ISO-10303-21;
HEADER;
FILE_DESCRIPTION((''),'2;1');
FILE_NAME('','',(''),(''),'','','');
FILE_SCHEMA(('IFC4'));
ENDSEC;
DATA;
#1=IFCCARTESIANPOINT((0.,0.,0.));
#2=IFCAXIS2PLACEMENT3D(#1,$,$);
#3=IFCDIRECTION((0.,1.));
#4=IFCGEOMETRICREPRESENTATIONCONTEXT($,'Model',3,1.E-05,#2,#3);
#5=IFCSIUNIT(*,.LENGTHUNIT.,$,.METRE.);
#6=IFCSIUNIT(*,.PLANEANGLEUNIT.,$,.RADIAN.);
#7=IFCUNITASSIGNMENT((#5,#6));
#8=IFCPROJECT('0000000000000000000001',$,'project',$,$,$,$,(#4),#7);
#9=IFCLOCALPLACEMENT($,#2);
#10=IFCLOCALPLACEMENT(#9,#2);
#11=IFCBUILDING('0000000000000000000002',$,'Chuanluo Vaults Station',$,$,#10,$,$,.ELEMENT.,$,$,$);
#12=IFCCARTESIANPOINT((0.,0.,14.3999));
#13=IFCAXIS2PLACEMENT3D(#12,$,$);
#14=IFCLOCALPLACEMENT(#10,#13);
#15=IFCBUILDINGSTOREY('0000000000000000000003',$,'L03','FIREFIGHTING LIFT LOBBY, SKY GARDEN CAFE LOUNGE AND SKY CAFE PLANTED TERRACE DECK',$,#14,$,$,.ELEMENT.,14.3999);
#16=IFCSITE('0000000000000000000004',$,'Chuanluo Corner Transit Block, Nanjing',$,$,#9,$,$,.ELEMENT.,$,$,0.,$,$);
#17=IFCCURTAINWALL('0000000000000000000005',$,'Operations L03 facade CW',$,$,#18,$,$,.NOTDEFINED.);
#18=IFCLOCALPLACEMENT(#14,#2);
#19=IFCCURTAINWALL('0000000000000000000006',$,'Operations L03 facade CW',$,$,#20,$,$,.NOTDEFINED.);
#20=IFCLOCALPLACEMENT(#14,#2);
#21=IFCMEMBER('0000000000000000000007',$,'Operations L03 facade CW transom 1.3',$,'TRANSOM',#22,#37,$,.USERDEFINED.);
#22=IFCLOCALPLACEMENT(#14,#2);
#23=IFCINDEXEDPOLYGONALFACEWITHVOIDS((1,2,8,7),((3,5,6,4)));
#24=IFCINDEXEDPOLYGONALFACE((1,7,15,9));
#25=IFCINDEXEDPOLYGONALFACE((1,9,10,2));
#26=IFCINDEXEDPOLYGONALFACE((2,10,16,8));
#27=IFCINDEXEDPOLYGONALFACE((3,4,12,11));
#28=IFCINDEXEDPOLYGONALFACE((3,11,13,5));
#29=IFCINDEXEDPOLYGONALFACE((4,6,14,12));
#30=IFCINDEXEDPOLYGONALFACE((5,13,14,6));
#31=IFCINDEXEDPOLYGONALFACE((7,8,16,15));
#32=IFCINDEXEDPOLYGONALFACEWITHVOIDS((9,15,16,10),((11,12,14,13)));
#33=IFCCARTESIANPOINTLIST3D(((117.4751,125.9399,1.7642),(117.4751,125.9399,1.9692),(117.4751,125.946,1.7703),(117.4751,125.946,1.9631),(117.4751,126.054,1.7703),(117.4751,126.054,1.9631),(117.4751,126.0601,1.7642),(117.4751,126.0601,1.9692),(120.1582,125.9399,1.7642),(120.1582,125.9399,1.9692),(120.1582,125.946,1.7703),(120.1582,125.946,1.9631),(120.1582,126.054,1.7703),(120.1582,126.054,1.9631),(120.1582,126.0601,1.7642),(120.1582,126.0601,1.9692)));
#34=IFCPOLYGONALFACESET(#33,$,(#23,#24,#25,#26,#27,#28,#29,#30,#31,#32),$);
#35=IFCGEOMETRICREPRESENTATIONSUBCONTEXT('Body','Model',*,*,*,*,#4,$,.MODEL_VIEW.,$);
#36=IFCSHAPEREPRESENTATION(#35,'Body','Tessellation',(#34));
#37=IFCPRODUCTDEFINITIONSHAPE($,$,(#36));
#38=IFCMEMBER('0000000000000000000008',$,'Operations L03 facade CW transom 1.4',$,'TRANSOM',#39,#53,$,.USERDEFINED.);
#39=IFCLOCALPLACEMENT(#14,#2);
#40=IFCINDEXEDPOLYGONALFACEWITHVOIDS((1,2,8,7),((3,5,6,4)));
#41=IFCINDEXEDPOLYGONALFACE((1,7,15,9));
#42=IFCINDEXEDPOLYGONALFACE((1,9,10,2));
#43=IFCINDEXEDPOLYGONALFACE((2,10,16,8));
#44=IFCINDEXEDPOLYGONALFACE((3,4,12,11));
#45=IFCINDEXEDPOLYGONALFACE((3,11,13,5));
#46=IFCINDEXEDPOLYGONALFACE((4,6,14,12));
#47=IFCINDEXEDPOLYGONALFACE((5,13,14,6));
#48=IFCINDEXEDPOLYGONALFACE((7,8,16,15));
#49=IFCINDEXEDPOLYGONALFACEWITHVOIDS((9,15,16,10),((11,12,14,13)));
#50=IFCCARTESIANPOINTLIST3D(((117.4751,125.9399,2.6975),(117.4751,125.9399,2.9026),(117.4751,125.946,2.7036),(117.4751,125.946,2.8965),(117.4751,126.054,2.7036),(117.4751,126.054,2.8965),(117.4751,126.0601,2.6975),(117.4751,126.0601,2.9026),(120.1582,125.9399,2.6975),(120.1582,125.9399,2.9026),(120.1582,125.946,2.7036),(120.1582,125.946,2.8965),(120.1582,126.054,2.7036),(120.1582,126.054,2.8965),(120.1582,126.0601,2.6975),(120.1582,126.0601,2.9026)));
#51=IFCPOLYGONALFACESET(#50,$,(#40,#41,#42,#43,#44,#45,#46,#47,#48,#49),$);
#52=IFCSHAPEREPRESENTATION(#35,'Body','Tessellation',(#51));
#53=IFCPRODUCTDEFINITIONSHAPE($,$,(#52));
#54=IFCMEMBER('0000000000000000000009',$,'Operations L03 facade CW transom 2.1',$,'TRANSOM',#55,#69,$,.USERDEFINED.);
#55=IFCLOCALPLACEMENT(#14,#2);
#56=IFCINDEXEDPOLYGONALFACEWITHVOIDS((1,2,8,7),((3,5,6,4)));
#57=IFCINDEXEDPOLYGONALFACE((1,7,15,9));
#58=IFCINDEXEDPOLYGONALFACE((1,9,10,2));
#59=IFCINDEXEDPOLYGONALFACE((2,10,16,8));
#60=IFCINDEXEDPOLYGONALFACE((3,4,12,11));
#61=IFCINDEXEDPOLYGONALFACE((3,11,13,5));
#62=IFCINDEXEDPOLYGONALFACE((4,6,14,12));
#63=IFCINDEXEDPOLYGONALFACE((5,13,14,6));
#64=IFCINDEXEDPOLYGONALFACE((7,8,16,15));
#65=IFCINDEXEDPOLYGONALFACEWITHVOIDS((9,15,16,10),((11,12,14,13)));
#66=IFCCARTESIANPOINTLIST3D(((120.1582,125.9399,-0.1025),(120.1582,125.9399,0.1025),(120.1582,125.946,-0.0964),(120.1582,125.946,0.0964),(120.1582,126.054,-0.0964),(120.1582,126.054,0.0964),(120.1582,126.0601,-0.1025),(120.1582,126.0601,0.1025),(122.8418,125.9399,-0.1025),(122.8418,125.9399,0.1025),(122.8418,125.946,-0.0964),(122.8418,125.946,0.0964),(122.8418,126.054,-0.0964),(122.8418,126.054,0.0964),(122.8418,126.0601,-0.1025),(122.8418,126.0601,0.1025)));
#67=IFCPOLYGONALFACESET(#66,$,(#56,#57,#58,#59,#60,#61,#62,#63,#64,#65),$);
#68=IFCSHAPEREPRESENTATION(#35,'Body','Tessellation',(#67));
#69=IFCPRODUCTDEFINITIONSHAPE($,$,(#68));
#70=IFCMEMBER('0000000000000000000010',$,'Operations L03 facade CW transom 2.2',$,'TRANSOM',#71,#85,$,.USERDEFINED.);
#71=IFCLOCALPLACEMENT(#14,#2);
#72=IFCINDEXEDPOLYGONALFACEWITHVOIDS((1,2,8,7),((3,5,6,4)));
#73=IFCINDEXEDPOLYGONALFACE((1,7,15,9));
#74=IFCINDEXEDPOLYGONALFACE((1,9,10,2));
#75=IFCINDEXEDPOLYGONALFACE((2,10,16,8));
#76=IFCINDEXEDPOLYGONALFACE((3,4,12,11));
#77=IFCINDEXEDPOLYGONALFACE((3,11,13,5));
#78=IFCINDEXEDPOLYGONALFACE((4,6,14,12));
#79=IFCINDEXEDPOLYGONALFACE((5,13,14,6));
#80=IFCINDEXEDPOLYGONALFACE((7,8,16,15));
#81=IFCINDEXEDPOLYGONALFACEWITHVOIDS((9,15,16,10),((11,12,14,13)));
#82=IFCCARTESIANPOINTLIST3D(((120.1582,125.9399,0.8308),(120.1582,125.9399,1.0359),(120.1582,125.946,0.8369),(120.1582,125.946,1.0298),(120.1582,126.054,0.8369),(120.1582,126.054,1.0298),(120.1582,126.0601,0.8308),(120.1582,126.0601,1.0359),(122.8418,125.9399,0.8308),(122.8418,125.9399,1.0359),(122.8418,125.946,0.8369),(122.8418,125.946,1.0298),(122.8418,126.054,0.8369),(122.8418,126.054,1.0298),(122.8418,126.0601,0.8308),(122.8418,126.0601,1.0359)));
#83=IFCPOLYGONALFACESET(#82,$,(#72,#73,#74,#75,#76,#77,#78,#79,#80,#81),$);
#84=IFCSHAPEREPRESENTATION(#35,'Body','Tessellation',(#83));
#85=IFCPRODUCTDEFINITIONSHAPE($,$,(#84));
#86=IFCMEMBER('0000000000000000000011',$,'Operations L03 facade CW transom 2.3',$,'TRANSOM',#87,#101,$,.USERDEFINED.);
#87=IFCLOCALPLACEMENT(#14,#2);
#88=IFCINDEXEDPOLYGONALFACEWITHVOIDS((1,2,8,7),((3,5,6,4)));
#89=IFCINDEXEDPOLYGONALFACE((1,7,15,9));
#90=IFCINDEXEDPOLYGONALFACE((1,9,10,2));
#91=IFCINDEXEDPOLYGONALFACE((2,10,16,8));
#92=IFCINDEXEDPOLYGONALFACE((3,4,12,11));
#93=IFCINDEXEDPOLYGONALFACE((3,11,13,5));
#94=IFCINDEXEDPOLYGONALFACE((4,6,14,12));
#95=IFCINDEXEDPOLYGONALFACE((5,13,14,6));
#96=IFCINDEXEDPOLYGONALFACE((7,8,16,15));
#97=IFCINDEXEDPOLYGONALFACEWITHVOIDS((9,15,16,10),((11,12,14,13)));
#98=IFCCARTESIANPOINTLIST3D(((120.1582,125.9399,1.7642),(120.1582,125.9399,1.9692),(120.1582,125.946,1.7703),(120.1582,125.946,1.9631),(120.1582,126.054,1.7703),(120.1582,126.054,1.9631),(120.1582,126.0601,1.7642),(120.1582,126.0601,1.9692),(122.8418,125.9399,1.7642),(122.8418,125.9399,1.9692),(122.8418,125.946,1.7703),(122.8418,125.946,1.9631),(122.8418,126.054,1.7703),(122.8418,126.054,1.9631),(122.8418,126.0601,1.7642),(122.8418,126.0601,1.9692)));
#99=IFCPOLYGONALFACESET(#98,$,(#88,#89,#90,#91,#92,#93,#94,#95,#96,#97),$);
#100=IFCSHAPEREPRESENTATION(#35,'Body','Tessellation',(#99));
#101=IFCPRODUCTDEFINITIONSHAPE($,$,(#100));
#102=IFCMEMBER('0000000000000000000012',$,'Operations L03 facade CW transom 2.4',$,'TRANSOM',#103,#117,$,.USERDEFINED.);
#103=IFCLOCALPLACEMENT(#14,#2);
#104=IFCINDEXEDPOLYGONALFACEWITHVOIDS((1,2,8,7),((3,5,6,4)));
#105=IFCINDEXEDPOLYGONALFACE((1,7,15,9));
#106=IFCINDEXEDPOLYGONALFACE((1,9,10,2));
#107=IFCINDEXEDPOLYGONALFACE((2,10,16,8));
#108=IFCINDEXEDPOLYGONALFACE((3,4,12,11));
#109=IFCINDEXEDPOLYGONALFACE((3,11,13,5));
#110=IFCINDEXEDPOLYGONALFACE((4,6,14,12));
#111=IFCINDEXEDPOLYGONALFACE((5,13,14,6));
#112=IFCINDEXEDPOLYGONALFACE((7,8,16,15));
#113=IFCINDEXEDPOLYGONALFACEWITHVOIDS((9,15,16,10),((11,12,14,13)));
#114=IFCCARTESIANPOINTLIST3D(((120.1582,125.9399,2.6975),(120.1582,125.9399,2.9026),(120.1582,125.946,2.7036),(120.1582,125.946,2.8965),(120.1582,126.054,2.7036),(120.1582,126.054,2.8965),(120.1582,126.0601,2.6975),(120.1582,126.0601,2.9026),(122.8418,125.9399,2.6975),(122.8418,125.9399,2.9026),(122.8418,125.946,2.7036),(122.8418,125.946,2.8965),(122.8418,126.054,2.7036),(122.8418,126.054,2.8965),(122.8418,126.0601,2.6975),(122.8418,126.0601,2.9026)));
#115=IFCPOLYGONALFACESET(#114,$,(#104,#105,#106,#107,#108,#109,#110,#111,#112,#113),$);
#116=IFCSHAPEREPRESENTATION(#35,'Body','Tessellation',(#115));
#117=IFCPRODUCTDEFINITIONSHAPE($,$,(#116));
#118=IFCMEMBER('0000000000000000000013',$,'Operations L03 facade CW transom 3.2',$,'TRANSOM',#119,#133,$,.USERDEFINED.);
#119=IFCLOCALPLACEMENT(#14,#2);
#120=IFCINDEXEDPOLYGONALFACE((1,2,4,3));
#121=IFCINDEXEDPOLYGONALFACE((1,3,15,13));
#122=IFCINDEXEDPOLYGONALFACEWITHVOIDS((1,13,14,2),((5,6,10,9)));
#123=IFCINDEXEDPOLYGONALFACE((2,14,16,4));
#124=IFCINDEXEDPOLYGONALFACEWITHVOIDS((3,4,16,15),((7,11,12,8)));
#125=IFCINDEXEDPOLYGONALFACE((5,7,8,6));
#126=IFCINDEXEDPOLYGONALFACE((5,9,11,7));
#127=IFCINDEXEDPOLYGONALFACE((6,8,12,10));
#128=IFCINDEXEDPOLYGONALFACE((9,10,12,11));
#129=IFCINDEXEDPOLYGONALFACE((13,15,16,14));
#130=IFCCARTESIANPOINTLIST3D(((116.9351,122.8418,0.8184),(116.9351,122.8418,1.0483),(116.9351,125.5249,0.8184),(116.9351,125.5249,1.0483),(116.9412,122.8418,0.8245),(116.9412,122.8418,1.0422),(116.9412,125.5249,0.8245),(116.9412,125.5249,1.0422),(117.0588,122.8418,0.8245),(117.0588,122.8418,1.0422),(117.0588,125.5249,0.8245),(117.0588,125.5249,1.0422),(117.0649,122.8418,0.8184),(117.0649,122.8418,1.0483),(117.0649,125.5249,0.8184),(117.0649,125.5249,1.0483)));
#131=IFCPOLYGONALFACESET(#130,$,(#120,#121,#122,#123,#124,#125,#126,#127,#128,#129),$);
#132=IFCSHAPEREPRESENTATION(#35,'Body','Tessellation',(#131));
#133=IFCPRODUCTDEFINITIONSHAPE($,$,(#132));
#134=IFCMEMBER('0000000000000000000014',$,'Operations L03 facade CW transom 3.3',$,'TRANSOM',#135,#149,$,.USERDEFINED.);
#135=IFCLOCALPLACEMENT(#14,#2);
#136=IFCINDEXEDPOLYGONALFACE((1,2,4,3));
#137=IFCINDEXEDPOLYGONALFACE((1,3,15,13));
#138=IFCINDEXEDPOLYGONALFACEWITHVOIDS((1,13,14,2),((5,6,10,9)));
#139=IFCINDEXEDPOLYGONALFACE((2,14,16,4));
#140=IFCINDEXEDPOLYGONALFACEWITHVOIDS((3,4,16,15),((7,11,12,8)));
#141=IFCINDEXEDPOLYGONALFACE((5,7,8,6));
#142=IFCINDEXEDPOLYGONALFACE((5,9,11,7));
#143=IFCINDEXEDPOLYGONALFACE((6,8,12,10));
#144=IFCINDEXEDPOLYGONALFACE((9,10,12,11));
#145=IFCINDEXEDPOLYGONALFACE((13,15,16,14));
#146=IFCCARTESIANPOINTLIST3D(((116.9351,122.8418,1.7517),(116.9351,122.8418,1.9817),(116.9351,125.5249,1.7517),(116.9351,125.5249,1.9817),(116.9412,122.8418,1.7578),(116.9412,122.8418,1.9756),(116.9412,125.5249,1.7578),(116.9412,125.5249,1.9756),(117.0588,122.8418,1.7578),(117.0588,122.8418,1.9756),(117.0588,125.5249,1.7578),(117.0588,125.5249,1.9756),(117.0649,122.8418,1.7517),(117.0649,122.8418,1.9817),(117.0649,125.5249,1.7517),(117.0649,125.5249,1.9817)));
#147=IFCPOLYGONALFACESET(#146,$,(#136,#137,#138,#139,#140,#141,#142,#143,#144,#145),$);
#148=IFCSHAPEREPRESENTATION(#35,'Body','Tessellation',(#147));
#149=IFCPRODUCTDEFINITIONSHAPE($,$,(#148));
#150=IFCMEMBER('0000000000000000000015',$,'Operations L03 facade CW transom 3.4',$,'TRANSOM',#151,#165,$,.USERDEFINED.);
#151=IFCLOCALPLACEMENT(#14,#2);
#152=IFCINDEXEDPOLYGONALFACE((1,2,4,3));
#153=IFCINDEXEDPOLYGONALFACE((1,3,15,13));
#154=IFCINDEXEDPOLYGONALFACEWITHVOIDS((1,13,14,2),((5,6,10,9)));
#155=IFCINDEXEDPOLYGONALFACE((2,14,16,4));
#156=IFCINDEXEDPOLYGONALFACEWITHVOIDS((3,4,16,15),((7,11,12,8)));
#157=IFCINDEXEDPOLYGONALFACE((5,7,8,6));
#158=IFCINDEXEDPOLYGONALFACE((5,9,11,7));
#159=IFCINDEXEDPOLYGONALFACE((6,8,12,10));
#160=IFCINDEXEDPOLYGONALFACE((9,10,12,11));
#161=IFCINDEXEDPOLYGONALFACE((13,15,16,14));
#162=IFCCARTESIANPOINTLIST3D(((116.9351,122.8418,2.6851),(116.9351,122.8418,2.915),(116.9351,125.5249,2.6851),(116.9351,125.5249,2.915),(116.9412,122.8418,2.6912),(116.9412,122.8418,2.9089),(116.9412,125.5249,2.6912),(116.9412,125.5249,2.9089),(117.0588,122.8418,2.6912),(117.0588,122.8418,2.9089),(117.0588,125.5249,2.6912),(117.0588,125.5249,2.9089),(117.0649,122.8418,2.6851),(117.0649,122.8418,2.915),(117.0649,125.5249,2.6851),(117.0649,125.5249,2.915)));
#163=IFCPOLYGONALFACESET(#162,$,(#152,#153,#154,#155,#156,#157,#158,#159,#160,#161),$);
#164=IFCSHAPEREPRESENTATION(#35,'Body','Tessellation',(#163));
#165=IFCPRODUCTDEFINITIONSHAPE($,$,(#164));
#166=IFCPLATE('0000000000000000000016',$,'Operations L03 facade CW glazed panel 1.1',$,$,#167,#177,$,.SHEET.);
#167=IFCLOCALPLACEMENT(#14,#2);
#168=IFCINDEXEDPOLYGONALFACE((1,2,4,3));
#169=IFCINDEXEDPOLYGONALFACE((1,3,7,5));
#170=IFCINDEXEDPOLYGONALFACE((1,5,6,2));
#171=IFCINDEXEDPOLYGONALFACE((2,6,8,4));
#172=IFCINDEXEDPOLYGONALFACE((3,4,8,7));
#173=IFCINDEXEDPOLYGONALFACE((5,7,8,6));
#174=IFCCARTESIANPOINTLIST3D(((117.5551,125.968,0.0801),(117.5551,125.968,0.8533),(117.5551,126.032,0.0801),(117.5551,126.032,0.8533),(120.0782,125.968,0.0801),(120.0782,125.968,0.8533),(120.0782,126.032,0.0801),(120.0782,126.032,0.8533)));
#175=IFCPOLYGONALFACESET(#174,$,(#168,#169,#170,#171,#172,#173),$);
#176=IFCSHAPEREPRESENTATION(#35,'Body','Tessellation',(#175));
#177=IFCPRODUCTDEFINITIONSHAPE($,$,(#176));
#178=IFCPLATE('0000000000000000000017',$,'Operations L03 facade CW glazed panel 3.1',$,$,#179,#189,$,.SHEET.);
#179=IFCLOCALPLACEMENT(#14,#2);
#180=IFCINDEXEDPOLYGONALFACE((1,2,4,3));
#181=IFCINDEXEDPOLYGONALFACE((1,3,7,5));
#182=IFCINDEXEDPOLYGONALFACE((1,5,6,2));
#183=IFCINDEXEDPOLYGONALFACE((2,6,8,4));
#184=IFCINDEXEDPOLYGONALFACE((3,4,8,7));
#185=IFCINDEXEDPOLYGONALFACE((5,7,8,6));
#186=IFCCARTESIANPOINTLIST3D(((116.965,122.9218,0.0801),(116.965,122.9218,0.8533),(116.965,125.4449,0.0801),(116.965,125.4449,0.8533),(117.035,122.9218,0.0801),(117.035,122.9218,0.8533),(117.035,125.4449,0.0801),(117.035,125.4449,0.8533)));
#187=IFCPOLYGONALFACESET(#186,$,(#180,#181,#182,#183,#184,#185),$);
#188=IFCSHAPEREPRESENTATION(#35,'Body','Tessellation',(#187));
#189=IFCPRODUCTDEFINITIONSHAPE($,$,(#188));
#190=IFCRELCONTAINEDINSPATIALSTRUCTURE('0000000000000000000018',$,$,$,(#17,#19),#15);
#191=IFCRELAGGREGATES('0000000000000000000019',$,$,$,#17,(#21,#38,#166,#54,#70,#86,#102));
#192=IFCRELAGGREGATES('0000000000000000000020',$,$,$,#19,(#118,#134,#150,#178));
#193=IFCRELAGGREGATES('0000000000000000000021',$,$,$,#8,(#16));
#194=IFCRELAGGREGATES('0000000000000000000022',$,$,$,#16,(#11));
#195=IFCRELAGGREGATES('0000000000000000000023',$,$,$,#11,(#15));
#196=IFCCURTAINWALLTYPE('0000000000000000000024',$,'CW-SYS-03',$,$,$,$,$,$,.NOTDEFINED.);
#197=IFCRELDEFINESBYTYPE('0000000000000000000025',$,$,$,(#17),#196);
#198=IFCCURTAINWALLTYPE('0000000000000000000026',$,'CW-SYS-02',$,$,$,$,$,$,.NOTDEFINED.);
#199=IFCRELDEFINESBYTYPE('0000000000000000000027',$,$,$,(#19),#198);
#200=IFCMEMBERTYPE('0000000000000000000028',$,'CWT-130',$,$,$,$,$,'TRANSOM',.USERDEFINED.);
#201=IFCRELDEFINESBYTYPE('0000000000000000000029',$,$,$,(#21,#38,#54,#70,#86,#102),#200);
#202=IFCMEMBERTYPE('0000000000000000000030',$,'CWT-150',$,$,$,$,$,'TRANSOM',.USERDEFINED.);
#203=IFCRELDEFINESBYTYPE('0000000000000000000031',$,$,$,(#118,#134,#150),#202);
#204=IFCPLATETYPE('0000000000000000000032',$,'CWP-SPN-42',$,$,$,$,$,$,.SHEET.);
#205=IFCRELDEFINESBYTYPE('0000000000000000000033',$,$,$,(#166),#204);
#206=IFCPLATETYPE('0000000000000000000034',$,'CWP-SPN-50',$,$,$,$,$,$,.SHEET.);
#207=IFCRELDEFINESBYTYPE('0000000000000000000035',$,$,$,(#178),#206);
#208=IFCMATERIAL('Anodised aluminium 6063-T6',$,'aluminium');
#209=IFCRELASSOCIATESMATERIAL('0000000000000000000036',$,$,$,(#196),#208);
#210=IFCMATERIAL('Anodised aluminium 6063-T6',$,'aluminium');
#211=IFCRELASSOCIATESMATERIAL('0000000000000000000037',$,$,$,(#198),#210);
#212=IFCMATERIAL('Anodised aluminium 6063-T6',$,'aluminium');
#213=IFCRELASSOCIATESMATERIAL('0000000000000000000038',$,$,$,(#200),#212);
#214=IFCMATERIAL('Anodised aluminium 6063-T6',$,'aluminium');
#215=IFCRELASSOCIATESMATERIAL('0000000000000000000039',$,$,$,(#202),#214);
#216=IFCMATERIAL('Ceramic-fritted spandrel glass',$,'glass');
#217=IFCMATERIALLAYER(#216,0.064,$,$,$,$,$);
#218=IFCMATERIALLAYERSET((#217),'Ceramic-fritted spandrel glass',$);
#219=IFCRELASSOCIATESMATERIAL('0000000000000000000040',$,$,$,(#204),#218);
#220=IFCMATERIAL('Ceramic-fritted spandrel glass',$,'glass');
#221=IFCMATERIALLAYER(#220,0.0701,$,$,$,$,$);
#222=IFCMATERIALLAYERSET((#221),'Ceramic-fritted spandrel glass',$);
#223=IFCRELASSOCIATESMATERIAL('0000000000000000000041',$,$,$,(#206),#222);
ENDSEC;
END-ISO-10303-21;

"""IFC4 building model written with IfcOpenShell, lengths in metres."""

from ifc_helpers import new_model, si_unit, direction, frame, origin, origin_2d, place, context, subcontext, project, spatial, rectangle, hollow_rectangle, extrude, material, layer, layer_set, material_profile, profile_set, type_object, element, aggregate, save


model = new_model("IFC4")

# Units and contexts
model_context = context("Model", 3, precision=1e-05, world=origin(), true_north=direction((0.0, 1.0)))
body_context = subcontext(model_context, "Body", "Model", "MODEL_VIEW")
ifc_project = project(units=[si_unit("LENGTHUNIT", "METRE"), si_unit("PLANEANGLEUNIT", "RADIAN")], contexts=[model_context])

# Site, building, storey
site_placement = place(None, origin())
site = spatial("IfcSite", under=ifc_project, at=site_placement, Name="Chuanluo Corner Transit Block, Nanjing", CompositionType="ELEMENT", RefElevation=0.0)
building_placement = place(site_placement, origin())
building = spatial("IfcBuilding", under=site, at=building_placement, Name="Chuanluo Vaults Station", CompositionType="ELEMENT")
storey_placement = place(building_placement, frame((0.0, 0.0, 14.3999)))
storey = spatial("IfcBuildingStorey", under=building, at=storey_placement, Name="L03", Description="FIREFIGHTING LIFT LOBBY, SKY GARDEN CAFE LOUNGE AND SKY CAFE PLANTED TERRACE DECK", CompositionType="ELEMENT", Elevation=14.3999)

# Curtain wall
ifc_material_1 = material(Name="Anodised aluminium 6063-T6", Category="aluminium")
curtain_wall_type_1 = type_object("IfcCurtainWallType", Name="CW-SYS-03", PredefinedType="NOTDEFINED", material=ifc_material_1)
curtain_wall_1_placement = place(storey_placement, origin())
curtain_wall_1 = element("IfcCurtainWall", 1, at=curtain_wall_1_placement, inside=storey, type_object=curtain_wall_type_1, Name="Operations L03 facade CW", PredefinedType="NOTDEFINED")

# Curtain wall
ifc_material_2 = material(Name="Anodised aluminium 6063-T6", Category="aluminium")
curtain_wall_type_2 = type_object("IfcCurtainWallType", Name="CW-SYS-02", PredefinedType="NOTDEFINED", material=ifc_material_2)
curtain_wall_2_placement = place(storey_placement, origin())
curtain_wall_2 = element("IfcCurtainWall", 2, at=curtain_wall_2_placement, inside=storey, type_object=curtain_wall_type_2, Name="Operations L03 facade CW", PredefinedType="NOTDEFINED")

# Members
ifc_material_3 = material(Name="Anodised aluminium 6063-T6", Category="aluminium")
ifc_material_profile_1 = material_profile(ifc_material_3, hollow_rectangle(XDim=0.1201, YDim=0.2051, WallThickness=0.0061, at=origin_2d()))
ifc_profile_set_1 = profile_set([ifc_material_profile_1], Name="Anodised aluminium 6063-T6")
member_type_1 = type_object("IfcMemberType", Name="CWT-130", ElementType="TRANSOM", PredefinedType="USERDEFINED", material=ifc_profile_set_1)
member_1_placement = place(storey_placement, frame((117.4751, 126.0, 1.8667), z_axis=(1.0, 0.0, 0.0), x_axis=(0.0, 1.0, 0.0)))
member_1 = element("IfcMember", 3, at=member_1_placement, type_object=member_type_1, Name="Operations L03 facade CW transom 1.3", ObjectType="TRANSOM", PredefinedType="USERDEFINED", context=body_context, shape_type="SweptSolid", body=[
    extrude(hollow_rectangle(XDim=0.1201, YDim=0.2051, WallThickness=0.0061, at=origin_2d()), origin(), (0.0, 0.0, 1.0), 2.6831),
])
member_2_placement = place(storey_placement, frame((117.4751, 126.0, 2.8), z_axis=(1.0, 0.0, 0.0), x_axis=(0.0, 1.0, 0.0)))
member_2 = element("IfcMember", 4, at=member_2_placement, type_object=member_type_1, Name="Operations L03 facade CW transom 1.4", ObjectType="TRANSOM", PredefinedType="USERDEFINED", context=body_context, shape_type="SweptSolid", body=[
    extrude(hollow_rectangle(XDim=0.1201, YDim=0.2051, WallThickness=0.0061, at=origin_2d()), origin(), (0.0, 0.0, 1.0), 2.6831),
])
member_3_placement = place(storey_placement, frame((120.1582, 126.0, 0.0), z_axis=(1.0, 0.0, 0.0), x_axis=(0.0, 1.0, 0.0)))
member_3 = element("IfcMember", 5, at=member_3_placement, type_object=member_type_1, Name="Operations L03 facade CW transom 2.1", ObjectType="TRANSOM", PredefinedType="USERDEFINED", context=body_context, shape_type="SweptSolid", body=[
    extrude(hollow_rectangle(XDim=0.1201, YDim=0.2051, WallThickness=0.0061, at=origin_2d()), origin(), (0.0, 0.0, 1.0), 2.6836),
])
member_4_placement = place(storey_placement, frame((120.1582, 126.0, 0.9333), z_axis=(1.0, 0.0, 0.0), x_axis=(0.0, 1.0, 0.0)))
member_4 = element("IfcMember", 6, at=member_4_placement, type_object=member_type_1, Name="Operations L03 facade CW transom 2.2", ObjectType="TRANSOM", PredefinedType="USERDEFINED", context=body_context, shape_type="SweptSolid", body=[
    extrude(hollow_rectangle(XDim=0.1201, YDim=0.2051, WallThickness=0.0061, at=origin_2d()), origin(), (0.0, 0.0, 1.0), 2.6836),
])
member_5_placement = place(storey_placement, frame((120.1582, 126.0, 1.8667), z_axis=(1.0, 0.0, 0.0), x_axis=(0.0, 1.0, 0.0)))
member_5 = element("IfcMember", 7, at=member_5_placement, type_object=member_type_1, Name="Operations L03 facade CW transom 2.3", ObjectType="TRANSOM", PredefinedType="USERDEFINED", context=body_context, shape_type="SweptSolid", body=[
    extrude(hollow_rectangle(XDim=0.1201, YDim=0.2051, WallThickness=0.0061, at=origin_2d()), origin(), (0.0, 0.0, 1.0), 2.6836),
])
member_6_placement = place(storey_placement, frame((120.1582, 126.0, 2.8), z_axis=(1.0, 0.0, 0.0), x_axis=(0.0, 1.0, 0.0)))
member_6 = element("IfcMember", 8, at=member_6_placement, type_object=member_type_1, Name="Operations L03 facade CW transom 2.4", ObjectType="TRANSOM", PredefinedType="USERDEFINED", context=body_context, shape_type="SweptSolid", body=[
    extrude(hollow_rectangle(XDim=0.1201, YDim=0.2051, WallThickness=0.0061, at=origin_2d()), origin(), (0.0, 0.0, 1.0), 2.6836),
])
ifc_material_4 = material(Name="Anodised aluminium 6063-T6", Category="aluminium")
ifc_material_profile_2 = material_profile(ifc_material_4, hollow_rectangle(XDim=0.1299, YDim=0.23, WallThickness=0.0061, at=origin_2d()))
ifc_profile_set_2 = profile_set([ifc_material_profile_2], Name="Anodised aluminium 6063-T6")
member_type_2 = type_object("IfcMemberType", Name="CWT-150", ElementType="TRANSOM", PredefinedType="USERDEFINED", material=ifc_profile_set_2)
member_7_placement = place(storey_placement, frame((117.0, 122.8418, 0.9333), z_axis=(0.0, 1.0, 0.0), x_axis=(-1.0, 0.0, 0.0)))
member_7 = element("IfcMember", 9, at=member_7_placement, type_object=member_type_2, Name="Operations L03 facade CW transom 3.2", ObjectType="TRANSOM", PredefinedType="USERDEFINED", context=body_context, shape_type="SweptSolid", body=[
    extrude(hollow_rectangle(XDim=0.1299, YDim=0.23, WallThickness=0.0061, at=origin_2d()), origin(), (0.0, 0.0, 1.0), 2.6831),
])
member_8_placement = place(storey_placement, frame((117.0, 122.8418, 1.8667), z_axis=(0.0, 1.0, 0.0), x_axis=(-1.0, 0.0, 0.0)))
member_8 = element("IfcMember", 10, at=member_8_placement, type_object=member_type_2, Name="Operations L03 facade CW transom 3.3", ObjectType="TRANSOM", PredefinedType="USERDEFINED", context=body_context, shape_type="SweptSolid", body=[
    extrude(hollow_rectangle(XDim=0.1299, YDim=0.23, WallThickness=0.0061, at=origin_2d()), origin(), (0.0, 0.0, 1.0), 2.6831),
])
member_9_placement = place(storey_placement, frame((117.0, 122.8418, 2.8), z_axis=(0.0, 1.0, 0.0), x_axis=(-1.0, 0.0, 0.0)))
member_9 = element("IfcMember", 11, at=member_9_placement, type_object=member_type_2, Name="Operations L03 facade CW transom 3.4", ObjectType="TRANSOM", PredefinedType="USERDEFINED", context=body_context, shape_type="SweptSolid", body=[
    extrude(hollow_rectangle(XDim=0.1299, YDim=0.23, WallThickness=0.0061, at=origin_2d()), origin(), (0.0, 0.0, 1.0), 2.6831),
])

# Plates
ifc_material_5 = material(Name="Ceramic-fritted spandrel glass", Category="glass")
ifc_layer_1 = layer(ifc_material_5, 0.064)
ifc_layer_set_1 = layer_set([ifc_layer_1], Name="Ceramic-fritted spandrel glass")
plate_type_1 = type_object("IfcPlateType", Name="CWP-SPN-42", PredefinedType="SHEET", material=ifc_layer_set_1)
plate_1_placement = place(storey_placement, frame((118.8167, 126.0, 0.0801), z_axis=(0.0, 0.0, 1.0), x_axis=(1.0, 0.0, 0.0)))
plate_1 = element("IfcPlate", 12, at=plate_1_placement, type_object=plate_type_1, Name="Operations L03 facade CW glazed panel 1.1", PredefinedType="SHEET", context=body_context, shape_type="SweptSolid", body=[
    extrude(rectangle(XDim=2.5232, YDim=0.064, at=origin_2d()), origin(), (0.0, 0.0, 1.0), 0.7732),
])
ifc_material_6 = material(Name="Ceramic-fritted spandrel glass", Category="glass")
ifc_layer_2 = layer(ifc_material_6, 0.0701)
ifc_layer_set_2 = layer_set([ifc_layer_2], Name="Ceramic-fritted spandrel glass")
plate_type_2 = type_object("IfcPlateType", Name="CWP-SPN-50", PredefinedType="SHEET", material=ifc_layer_set_2)
plate_2_placement = place(storey_placement, frame((117.0, 124.1833, 0.0801), z_axis=(0.0, 0.0, 1.0), x_axis=(0.0, 1.0, 0.0)))
plate_2 = element("IfcPlate", 13, at=plate_2_placement, type_object=plate_type_2, Name="Operations L03 facade CW glazed panel 3.1", PredefinedType="SHEET", context=body_context, shape_type="SweptSolid", body=[
    extrude(rectangle(XDim=2.5232, YDim=0.0701, at=origin_2d()), origin(), (0.0, 0.0, 1.0), 0.7732),
])
aggregate(curtain_wall_1, [member_1, member_2, plate_1, member_3, member_4, member_5, member_6])
aggregate(curtain_wall_2, [member_7, member_8, member_9, plate_2])

save(model, "model.ifc")
